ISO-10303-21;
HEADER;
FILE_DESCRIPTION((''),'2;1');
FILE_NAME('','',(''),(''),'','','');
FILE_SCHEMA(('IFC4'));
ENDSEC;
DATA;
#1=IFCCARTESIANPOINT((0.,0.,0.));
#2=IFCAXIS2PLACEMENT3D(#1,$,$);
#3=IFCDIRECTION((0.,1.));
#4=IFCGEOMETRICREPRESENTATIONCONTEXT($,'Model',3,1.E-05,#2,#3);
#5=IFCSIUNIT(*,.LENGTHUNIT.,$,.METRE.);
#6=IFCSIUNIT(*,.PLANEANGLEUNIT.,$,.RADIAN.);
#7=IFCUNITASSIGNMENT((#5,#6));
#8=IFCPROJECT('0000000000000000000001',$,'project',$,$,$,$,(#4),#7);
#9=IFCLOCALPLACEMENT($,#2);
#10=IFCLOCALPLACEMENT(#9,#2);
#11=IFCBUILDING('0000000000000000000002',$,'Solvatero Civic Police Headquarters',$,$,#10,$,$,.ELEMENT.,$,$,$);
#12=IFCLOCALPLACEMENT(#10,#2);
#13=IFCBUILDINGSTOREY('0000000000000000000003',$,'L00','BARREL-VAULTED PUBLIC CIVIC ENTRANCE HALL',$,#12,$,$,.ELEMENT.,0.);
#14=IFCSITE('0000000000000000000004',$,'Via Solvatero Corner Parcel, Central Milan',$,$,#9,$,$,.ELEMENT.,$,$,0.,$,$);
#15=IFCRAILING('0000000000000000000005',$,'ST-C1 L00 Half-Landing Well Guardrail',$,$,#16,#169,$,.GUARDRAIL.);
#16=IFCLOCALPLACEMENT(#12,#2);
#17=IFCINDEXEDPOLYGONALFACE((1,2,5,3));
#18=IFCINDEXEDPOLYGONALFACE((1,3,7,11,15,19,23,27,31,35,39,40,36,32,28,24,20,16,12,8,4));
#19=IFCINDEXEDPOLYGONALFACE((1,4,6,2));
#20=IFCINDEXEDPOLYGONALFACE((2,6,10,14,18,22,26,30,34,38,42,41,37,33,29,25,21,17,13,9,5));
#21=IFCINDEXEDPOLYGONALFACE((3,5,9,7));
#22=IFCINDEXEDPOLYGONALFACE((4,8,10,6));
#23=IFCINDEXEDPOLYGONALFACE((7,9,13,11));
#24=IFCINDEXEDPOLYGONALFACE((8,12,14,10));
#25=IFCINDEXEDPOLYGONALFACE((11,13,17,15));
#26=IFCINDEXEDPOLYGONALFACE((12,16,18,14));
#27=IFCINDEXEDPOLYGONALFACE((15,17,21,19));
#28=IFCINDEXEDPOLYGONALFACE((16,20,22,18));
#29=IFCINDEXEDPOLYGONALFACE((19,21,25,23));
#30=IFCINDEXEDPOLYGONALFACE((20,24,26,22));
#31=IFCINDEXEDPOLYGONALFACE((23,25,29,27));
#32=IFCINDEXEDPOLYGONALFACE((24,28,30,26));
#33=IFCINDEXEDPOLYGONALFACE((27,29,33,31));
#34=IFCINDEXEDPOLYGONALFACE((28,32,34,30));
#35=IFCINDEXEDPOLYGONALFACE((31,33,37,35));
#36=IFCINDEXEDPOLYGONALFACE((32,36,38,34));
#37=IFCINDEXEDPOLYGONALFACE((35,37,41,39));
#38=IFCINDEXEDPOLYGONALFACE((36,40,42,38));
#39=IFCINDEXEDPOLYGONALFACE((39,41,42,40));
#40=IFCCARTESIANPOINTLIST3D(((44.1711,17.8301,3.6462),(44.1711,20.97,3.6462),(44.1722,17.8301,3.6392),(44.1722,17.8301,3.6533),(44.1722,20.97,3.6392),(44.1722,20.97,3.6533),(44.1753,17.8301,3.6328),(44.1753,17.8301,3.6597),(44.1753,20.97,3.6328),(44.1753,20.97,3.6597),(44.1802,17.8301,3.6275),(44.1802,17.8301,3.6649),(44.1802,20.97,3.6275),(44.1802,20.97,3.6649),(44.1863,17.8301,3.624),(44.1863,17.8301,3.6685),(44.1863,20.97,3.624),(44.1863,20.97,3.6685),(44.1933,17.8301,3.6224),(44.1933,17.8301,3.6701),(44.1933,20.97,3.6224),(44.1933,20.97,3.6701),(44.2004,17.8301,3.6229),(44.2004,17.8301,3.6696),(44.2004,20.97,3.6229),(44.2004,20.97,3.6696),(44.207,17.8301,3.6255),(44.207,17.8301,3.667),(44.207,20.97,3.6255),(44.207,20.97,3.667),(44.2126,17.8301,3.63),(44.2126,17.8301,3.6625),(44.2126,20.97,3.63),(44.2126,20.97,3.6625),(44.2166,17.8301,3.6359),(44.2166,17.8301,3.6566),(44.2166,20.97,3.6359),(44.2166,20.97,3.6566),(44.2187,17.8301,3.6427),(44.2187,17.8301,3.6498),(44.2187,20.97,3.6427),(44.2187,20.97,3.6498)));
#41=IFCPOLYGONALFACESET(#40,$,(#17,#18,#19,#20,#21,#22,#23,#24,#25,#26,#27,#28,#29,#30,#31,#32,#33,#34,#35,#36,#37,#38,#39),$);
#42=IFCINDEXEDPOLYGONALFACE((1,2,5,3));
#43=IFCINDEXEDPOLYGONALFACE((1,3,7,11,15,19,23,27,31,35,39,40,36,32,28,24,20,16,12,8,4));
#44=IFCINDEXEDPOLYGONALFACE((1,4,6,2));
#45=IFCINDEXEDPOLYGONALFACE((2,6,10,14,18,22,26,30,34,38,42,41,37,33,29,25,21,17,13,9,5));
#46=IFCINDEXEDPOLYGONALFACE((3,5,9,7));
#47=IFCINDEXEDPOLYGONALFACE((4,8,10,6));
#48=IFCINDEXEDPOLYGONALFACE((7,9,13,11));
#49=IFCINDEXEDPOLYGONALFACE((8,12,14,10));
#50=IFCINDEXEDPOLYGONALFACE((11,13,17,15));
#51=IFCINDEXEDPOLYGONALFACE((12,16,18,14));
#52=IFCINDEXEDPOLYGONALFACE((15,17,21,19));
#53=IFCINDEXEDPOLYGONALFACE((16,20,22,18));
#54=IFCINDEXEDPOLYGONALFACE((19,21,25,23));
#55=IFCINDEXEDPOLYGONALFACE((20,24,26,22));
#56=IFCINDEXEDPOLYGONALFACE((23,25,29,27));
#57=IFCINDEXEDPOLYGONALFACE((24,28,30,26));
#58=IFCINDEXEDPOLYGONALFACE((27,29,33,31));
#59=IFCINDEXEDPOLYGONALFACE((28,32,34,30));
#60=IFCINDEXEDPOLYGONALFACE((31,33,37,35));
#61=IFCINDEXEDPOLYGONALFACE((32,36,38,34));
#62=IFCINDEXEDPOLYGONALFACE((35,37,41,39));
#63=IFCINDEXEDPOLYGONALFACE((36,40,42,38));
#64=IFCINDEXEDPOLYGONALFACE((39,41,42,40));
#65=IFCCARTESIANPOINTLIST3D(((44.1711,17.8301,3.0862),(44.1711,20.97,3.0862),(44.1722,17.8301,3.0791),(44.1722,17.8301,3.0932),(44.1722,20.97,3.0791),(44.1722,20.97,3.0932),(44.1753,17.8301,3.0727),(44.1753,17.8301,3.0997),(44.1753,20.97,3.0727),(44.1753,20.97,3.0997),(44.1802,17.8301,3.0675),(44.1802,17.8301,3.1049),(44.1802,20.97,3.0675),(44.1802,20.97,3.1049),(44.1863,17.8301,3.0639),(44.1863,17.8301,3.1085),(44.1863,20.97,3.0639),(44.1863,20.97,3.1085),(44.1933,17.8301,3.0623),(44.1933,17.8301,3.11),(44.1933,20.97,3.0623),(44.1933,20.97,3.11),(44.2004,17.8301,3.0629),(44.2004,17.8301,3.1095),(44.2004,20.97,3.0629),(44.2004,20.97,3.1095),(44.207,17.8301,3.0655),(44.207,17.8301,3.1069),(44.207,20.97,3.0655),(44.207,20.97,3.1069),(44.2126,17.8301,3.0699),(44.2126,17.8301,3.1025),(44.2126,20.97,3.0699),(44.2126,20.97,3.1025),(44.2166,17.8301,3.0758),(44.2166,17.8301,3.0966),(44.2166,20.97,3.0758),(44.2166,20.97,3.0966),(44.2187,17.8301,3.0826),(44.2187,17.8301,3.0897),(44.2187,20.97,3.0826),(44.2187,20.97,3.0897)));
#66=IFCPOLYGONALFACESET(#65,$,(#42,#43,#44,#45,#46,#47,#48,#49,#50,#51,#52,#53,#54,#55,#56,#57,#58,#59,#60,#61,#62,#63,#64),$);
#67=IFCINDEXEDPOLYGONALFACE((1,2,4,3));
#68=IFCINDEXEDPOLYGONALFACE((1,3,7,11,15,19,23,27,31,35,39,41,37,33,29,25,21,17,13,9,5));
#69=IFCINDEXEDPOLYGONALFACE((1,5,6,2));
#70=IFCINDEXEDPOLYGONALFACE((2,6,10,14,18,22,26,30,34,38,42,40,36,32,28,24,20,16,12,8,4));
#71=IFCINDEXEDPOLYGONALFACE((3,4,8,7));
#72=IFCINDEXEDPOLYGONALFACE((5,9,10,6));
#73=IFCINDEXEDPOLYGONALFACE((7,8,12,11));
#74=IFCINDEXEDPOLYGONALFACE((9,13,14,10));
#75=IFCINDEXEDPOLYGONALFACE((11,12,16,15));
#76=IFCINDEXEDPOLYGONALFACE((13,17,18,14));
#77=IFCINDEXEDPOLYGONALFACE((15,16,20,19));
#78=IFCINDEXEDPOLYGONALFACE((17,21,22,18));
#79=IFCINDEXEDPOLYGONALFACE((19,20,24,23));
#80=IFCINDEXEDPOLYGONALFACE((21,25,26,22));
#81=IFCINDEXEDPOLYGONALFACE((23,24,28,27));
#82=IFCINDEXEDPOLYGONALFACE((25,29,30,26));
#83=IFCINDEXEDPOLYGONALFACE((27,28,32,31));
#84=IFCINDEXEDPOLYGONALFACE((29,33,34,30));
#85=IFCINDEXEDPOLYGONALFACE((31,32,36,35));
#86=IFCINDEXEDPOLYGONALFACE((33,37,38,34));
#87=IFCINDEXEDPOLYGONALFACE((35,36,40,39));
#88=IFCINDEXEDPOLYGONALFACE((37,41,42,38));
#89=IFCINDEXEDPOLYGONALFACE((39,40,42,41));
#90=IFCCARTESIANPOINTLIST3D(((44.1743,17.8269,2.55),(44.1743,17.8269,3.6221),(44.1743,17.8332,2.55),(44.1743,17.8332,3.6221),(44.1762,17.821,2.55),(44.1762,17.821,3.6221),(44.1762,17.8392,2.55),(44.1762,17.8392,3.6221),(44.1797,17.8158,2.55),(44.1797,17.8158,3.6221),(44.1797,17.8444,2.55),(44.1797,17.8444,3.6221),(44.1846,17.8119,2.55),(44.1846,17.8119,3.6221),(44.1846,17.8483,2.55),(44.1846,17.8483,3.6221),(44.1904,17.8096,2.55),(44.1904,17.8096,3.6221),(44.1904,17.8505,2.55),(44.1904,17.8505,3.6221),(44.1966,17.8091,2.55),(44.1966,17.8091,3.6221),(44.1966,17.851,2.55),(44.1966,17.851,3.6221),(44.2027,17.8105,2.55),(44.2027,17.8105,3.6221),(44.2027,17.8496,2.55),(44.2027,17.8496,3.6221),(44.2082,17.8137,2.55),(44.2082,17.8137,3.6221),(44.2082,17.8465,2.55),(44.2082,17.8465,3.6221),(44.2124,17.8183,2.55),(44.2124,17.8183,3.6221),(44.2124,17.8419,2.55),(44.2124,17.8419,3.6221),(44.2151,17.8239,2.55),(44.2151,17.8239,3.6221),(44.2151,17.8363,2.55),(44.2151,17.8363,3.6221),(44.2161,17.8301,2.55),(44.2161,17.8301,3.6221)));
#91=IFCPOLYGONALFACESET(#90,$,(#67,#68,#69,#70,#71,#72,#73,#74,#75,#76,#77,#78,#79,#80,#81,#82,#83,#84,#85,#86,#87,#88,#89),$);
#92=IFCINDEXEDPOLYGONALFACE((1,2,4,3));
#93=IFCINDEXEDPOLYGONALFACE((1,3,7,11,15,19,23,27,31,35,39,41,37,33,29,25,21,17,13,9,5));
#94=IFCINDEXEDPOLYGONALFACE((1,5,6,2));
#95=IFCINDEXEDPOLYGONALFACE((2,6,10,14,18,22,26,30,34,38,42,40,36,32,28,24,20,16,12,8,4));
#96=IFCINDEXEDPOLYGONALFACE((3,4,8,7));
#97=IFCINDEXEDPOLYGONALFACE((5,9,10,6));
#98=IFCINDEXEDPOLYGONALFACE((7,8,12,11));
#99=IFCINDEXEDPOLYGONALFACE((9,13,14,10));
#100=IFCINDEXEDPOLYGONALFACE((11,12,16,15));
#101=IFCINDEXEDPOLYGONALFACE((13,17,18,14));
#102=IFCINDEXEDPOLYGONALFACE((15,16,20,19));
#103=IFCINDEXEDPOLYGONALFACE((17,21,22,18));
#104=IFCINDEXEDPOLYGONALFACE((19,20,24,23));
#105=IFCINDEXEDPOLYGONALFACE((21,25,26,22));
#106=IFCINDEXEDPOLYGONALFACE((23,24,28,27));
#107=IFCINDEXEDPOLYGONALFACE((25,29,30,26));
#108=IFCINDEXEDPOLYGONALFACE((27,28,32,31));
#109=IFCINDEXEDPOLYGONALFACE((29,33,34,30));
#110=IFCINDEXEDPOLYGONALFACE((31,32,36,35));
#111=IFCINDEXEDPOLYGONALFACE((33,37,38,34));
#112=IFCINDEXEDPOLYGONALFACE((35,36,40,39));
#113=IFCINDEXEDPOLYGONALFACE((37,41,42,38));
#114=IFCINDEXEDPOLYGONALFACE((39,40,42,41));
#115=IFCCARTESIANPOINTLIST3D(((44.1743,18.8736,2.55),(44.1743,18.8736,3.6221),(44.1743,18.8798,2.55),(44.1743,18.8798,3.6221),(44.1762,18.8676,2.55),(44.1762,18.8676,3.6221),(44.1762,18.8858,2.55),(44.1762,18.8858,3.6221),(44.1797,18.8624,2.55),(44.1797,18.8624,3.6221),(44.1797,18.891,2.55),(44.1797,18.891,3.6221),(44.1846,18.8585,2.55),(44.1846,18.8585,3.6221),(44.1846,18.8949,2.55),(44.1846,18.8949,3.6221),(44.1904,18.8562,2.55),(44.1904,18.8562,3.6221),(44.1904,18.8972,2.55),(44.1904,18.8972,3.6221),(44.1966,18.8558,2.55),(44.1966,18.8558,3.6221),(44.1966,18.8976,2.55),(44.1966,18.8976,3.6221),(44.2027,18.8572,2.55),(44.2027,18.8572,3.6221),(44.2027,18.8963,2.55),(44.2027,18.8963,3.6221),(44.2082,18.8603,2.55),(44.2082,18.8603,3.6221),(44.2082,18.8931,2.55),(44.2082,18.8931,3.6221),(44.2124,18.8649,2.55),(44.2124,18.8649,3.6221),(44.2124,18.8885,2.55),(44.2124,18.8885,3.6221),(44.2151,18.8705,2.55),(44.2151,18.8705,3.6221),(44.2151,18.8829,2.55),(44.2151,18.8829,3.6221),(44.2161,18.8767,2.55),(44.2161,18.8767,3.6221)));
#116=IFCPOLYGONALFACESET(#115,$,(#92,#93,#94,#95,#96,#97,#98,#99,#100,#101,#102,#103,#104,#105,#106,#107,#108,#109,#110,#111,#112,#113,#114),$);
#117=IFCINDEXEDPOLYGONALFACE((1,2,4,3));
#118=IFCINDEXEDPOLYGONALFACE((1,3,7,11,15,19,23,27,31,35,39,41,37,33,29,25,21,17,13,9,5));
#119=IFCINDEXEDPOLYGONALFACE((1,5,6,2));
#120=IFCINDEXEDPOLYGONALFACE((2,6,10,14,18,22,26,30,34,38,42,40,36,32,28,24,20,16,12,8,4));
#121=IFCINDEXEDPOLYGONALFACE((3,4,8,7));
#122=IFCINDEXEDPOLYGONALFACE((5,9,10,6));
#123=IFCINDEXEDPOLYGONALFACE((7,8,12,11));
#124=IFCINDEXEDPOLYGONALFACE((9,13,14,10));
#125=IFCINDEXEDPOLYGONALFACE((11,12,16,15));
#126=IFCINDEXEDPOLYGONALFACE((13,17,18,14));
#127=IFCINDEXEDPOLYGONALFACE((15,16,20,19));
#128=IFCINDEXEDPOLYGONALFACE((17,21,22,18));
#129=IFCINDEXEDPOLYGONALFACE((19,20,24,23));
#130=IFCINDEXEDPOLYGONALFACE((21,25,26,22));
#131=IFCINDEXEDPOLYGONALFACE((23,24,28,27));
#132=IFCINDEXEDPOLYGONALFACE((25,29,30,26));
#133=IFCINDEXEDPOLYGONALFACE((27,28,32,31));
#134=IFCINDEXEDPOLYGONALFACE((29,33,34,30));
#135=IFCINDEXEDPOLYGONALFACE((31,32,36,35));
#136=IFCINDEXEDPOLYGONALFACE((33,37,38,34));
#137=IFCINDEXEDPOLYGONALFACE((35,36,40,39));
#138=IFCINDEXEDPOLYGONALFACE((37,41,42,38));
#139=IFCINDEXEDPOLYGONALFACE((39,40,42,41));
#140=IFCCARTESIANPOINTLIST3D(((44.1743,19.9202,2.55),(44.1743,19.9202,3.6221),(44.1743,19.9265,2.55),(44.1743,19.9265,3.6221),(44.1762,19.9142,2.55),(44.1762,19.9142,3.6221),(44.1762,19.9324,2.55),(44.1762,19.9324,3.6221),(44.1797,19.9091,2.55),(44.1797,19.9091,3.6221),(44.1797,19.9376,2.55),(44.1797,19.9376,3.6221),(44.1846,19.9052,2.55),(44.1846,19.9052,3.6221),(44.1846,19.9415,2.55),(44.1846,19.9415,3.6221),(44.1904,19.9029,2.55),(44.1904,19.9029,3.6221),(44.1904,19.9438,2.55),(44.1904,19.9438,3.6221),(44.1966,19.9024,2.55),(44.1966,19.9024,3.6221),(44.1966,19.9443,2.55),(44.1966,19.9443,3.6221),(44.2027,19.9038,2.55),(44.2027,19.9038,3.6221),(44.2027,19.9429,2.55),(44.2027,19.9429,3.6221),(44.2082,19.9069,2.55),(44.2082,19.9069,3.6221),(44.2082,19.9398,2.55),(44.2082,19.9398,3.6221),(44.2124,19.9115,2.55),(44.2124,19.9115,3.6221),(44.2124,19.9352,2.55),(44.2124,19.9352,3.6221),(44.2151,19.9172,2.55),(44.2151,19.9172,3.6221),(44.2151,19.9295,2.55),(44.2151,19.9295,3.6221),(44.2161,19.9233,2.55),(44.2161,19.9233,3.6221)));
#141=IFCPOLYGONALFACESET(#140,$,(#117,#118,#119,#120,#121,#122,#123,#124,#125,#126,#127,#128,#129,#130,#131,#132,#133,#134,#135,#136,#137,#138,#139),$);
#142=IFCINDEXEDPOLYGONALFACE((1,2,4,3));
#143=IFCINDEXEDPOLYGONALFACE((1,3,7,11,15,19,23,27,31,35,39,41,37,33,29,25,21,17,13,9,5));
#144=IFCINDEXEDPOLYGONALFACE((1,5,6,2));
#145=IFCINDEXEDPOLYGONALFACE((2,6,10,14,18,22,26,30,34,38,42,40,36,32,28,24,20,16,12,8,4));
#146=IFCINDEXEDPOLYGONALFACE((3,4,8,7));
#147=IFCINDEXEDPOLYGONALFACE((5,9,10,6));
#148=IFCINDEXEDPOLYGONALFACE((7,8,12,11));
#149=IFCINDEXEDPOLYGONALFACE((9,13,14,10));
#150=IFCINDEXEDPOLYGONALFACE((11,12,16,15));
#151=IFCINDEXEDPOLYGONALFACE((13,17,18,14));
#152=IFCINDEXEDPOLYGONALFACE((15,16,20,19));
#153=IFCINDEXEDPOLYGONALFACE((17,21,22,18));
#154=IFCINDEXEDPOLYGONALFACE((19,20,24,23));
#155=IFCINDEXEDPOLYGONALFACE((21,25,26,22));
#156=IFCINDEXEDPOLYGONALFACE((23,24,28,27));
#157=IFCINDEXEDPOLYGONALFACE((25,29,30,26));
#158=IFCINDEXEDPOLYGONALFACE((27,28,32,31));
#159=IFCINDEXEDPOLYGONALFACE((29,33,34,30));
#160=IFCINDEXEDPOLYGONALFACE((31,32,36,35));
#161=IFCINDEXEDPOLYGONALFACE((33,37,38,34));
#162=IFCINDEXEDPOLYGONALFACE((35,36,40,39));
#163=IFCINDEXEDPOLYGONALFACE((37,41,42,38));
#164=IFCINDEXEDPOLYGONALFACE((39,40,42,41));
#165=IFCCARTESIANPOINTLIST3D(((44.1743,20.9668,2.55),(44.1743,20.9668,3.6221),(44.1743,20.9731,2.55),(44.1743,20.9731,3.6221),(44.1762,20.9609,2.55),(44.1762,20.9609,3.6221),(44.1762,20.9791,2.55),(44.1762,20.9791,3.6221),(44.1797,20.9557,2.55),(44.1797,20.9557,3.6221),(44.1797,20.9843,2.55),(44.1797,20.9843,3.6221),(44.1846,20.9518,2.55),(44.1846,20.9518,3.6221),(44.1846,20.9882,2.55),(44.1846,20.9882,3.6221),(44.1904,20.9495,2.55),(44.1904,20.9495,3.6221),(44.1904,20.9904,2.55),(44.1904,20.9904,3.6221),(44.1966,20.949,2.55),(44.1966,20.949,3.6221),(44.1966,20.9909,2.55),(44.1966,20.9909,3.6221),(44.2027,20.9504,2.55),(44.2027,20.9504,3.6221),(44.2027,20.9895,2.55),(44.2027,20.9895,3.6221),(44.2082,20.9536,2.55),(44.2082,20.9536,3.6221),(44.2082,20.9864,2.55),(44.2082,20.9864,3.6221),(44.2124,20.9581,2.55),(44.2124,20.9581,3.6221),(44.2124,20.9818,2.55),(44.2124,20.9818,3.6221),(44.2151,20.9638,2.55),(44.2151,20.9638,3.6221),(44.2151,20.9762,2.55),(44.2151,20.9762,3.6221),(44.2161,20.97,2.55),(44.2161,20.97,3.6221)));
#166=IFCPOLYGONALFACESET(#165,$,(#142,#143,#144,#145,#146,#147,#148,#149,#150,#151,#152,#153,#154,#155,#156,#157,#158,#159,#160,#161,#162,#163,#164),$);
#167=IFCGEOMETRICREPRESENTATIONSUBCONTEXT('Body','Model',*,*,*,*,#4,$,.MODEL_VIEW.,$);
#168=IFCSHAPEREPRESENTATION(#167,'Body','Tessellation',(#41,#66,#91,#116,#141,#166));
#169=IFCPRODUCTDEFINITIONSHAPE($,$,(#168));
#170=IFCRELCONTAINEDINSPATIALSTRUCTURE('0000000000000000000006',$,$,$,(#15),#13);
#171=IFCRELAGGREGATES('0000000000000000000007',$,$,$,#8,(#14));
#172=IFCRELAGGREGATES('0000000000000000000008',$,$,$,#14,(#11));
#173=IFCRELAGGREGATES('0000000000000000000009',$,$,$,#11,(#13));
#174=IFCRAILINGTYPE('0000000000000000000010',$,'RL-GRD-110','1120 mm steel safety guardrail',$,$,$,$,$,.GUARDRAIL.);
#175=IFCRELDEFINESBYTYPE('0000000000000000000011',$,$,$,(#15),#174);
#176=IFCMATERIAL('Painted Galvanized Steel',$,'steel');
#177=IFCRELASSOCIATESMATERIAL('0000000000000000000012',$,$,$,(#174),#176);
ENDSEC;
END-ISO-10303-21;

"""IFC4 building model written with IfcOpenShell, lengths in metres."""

from ifc_helpers import new_model, si_unit, direction, frame, origin, origin_2d, place, context, subcontext, project, spatial, circle, extrude, material, type_object, element, save


model = new_model("IFC4")

# Units and contexts
model_context = context("Model", 3, precision=1e-05, world=origin(), true_north=direction((0.0, 1.0)))
body_context = subcontext(model_context, "Body", "Model", "MODEL_VIEW")
ifc_project = project(units=[si_unit("LENGTHUNIT", "METRE"), si_unit("PLANEANGLEUNIT", "RADIAN")], contexts=[model_context])

# Site, building, storey
site_placement = place(None, origin())
site = spatial("IfcSite", under=ifc_project, at=site_placement, Name="Via Solvatero Corner Parcel, Central Milan", CompositionType="ELEMENT", RefElevation=0.0)
building_placement = place(site_placement, origin())
building = spatial("IfcBuilding", under=site, at=building_placement, Name="Solvatero Civic Police Headquarters", CompositionType="ELEMENT")
storey_placement = place(building_placement, origin())
storey = spatial("IfcBuildingStorey", under=building, at=storey_placement, Name="L00", Description="BARREL-VAULTED PUBLIC CIVIC ENTRANCE HALL", CompositionType="ELEMENT", Elevation=0.0)

# Railing
ifc_material_1 = material(Name="Painted Galvanized Steel", Category="steel")
railing_type_1 = type_object("IfcRailingType", Name="RL-GRD-110", Description="1120 mm steel safety guardrail", PredefinedType="GUARDRAIL", material=ifc_material_1)
railing_1_placement = place(storey_placement, frame((44.1951, 17.8301, 2.55)))
element("IfcRailing", 1, at=railing_1_placement, inside=storey, type_object=railing_type_1, Name="ST-C1 L00 Half-Landing Well Guardrail", PredefinedType="GUARDRAIL", context=body_context, shape_type="SweptSolid", body=[
    extrude(circle(Radius=0.0239, at=origin_2d()), frame((0.0, 0.0, 1.0962), z_axis=(0.0, 1.0, 0.0), x_axis=(-1.0, 0.0, 0.0)), (0.0, 0.0, 1.0), 3.1399),
    extrude(circle(Radius=0.0239, at=origin_2d()), frame((0.0, 0.0, 0.5361), z_axis=(0.0, 1.0, 0.0), x_axis=(-1.0, 0.0, 0.0)), (0.0, 0.0, 1.0), 3.1399),
    extrude(circle(Radius=0.021, at=origin_2d()), origin(), (0.0, 0.0, 1.0), 1.072),
    extrude(circle(Radius=0.021, at=origin_2d()), frame((0.0, 1.0466, 0.0)), (0.0, 0.0, 1.0), 1.072),
    extrude(circle(Radius=0.021, at=origin_2d()), frame((0.0, 2.0933, 0.0)), (0.0, 0.0, 1.0), 1.072),
    extrude(circle(Radius=0.021, at=origin_2d()), frame((0.0, 3.1399, 0.0)), (0.0, 0.0, 1.0), 1.072),
])

save(model, "model.ifc")
